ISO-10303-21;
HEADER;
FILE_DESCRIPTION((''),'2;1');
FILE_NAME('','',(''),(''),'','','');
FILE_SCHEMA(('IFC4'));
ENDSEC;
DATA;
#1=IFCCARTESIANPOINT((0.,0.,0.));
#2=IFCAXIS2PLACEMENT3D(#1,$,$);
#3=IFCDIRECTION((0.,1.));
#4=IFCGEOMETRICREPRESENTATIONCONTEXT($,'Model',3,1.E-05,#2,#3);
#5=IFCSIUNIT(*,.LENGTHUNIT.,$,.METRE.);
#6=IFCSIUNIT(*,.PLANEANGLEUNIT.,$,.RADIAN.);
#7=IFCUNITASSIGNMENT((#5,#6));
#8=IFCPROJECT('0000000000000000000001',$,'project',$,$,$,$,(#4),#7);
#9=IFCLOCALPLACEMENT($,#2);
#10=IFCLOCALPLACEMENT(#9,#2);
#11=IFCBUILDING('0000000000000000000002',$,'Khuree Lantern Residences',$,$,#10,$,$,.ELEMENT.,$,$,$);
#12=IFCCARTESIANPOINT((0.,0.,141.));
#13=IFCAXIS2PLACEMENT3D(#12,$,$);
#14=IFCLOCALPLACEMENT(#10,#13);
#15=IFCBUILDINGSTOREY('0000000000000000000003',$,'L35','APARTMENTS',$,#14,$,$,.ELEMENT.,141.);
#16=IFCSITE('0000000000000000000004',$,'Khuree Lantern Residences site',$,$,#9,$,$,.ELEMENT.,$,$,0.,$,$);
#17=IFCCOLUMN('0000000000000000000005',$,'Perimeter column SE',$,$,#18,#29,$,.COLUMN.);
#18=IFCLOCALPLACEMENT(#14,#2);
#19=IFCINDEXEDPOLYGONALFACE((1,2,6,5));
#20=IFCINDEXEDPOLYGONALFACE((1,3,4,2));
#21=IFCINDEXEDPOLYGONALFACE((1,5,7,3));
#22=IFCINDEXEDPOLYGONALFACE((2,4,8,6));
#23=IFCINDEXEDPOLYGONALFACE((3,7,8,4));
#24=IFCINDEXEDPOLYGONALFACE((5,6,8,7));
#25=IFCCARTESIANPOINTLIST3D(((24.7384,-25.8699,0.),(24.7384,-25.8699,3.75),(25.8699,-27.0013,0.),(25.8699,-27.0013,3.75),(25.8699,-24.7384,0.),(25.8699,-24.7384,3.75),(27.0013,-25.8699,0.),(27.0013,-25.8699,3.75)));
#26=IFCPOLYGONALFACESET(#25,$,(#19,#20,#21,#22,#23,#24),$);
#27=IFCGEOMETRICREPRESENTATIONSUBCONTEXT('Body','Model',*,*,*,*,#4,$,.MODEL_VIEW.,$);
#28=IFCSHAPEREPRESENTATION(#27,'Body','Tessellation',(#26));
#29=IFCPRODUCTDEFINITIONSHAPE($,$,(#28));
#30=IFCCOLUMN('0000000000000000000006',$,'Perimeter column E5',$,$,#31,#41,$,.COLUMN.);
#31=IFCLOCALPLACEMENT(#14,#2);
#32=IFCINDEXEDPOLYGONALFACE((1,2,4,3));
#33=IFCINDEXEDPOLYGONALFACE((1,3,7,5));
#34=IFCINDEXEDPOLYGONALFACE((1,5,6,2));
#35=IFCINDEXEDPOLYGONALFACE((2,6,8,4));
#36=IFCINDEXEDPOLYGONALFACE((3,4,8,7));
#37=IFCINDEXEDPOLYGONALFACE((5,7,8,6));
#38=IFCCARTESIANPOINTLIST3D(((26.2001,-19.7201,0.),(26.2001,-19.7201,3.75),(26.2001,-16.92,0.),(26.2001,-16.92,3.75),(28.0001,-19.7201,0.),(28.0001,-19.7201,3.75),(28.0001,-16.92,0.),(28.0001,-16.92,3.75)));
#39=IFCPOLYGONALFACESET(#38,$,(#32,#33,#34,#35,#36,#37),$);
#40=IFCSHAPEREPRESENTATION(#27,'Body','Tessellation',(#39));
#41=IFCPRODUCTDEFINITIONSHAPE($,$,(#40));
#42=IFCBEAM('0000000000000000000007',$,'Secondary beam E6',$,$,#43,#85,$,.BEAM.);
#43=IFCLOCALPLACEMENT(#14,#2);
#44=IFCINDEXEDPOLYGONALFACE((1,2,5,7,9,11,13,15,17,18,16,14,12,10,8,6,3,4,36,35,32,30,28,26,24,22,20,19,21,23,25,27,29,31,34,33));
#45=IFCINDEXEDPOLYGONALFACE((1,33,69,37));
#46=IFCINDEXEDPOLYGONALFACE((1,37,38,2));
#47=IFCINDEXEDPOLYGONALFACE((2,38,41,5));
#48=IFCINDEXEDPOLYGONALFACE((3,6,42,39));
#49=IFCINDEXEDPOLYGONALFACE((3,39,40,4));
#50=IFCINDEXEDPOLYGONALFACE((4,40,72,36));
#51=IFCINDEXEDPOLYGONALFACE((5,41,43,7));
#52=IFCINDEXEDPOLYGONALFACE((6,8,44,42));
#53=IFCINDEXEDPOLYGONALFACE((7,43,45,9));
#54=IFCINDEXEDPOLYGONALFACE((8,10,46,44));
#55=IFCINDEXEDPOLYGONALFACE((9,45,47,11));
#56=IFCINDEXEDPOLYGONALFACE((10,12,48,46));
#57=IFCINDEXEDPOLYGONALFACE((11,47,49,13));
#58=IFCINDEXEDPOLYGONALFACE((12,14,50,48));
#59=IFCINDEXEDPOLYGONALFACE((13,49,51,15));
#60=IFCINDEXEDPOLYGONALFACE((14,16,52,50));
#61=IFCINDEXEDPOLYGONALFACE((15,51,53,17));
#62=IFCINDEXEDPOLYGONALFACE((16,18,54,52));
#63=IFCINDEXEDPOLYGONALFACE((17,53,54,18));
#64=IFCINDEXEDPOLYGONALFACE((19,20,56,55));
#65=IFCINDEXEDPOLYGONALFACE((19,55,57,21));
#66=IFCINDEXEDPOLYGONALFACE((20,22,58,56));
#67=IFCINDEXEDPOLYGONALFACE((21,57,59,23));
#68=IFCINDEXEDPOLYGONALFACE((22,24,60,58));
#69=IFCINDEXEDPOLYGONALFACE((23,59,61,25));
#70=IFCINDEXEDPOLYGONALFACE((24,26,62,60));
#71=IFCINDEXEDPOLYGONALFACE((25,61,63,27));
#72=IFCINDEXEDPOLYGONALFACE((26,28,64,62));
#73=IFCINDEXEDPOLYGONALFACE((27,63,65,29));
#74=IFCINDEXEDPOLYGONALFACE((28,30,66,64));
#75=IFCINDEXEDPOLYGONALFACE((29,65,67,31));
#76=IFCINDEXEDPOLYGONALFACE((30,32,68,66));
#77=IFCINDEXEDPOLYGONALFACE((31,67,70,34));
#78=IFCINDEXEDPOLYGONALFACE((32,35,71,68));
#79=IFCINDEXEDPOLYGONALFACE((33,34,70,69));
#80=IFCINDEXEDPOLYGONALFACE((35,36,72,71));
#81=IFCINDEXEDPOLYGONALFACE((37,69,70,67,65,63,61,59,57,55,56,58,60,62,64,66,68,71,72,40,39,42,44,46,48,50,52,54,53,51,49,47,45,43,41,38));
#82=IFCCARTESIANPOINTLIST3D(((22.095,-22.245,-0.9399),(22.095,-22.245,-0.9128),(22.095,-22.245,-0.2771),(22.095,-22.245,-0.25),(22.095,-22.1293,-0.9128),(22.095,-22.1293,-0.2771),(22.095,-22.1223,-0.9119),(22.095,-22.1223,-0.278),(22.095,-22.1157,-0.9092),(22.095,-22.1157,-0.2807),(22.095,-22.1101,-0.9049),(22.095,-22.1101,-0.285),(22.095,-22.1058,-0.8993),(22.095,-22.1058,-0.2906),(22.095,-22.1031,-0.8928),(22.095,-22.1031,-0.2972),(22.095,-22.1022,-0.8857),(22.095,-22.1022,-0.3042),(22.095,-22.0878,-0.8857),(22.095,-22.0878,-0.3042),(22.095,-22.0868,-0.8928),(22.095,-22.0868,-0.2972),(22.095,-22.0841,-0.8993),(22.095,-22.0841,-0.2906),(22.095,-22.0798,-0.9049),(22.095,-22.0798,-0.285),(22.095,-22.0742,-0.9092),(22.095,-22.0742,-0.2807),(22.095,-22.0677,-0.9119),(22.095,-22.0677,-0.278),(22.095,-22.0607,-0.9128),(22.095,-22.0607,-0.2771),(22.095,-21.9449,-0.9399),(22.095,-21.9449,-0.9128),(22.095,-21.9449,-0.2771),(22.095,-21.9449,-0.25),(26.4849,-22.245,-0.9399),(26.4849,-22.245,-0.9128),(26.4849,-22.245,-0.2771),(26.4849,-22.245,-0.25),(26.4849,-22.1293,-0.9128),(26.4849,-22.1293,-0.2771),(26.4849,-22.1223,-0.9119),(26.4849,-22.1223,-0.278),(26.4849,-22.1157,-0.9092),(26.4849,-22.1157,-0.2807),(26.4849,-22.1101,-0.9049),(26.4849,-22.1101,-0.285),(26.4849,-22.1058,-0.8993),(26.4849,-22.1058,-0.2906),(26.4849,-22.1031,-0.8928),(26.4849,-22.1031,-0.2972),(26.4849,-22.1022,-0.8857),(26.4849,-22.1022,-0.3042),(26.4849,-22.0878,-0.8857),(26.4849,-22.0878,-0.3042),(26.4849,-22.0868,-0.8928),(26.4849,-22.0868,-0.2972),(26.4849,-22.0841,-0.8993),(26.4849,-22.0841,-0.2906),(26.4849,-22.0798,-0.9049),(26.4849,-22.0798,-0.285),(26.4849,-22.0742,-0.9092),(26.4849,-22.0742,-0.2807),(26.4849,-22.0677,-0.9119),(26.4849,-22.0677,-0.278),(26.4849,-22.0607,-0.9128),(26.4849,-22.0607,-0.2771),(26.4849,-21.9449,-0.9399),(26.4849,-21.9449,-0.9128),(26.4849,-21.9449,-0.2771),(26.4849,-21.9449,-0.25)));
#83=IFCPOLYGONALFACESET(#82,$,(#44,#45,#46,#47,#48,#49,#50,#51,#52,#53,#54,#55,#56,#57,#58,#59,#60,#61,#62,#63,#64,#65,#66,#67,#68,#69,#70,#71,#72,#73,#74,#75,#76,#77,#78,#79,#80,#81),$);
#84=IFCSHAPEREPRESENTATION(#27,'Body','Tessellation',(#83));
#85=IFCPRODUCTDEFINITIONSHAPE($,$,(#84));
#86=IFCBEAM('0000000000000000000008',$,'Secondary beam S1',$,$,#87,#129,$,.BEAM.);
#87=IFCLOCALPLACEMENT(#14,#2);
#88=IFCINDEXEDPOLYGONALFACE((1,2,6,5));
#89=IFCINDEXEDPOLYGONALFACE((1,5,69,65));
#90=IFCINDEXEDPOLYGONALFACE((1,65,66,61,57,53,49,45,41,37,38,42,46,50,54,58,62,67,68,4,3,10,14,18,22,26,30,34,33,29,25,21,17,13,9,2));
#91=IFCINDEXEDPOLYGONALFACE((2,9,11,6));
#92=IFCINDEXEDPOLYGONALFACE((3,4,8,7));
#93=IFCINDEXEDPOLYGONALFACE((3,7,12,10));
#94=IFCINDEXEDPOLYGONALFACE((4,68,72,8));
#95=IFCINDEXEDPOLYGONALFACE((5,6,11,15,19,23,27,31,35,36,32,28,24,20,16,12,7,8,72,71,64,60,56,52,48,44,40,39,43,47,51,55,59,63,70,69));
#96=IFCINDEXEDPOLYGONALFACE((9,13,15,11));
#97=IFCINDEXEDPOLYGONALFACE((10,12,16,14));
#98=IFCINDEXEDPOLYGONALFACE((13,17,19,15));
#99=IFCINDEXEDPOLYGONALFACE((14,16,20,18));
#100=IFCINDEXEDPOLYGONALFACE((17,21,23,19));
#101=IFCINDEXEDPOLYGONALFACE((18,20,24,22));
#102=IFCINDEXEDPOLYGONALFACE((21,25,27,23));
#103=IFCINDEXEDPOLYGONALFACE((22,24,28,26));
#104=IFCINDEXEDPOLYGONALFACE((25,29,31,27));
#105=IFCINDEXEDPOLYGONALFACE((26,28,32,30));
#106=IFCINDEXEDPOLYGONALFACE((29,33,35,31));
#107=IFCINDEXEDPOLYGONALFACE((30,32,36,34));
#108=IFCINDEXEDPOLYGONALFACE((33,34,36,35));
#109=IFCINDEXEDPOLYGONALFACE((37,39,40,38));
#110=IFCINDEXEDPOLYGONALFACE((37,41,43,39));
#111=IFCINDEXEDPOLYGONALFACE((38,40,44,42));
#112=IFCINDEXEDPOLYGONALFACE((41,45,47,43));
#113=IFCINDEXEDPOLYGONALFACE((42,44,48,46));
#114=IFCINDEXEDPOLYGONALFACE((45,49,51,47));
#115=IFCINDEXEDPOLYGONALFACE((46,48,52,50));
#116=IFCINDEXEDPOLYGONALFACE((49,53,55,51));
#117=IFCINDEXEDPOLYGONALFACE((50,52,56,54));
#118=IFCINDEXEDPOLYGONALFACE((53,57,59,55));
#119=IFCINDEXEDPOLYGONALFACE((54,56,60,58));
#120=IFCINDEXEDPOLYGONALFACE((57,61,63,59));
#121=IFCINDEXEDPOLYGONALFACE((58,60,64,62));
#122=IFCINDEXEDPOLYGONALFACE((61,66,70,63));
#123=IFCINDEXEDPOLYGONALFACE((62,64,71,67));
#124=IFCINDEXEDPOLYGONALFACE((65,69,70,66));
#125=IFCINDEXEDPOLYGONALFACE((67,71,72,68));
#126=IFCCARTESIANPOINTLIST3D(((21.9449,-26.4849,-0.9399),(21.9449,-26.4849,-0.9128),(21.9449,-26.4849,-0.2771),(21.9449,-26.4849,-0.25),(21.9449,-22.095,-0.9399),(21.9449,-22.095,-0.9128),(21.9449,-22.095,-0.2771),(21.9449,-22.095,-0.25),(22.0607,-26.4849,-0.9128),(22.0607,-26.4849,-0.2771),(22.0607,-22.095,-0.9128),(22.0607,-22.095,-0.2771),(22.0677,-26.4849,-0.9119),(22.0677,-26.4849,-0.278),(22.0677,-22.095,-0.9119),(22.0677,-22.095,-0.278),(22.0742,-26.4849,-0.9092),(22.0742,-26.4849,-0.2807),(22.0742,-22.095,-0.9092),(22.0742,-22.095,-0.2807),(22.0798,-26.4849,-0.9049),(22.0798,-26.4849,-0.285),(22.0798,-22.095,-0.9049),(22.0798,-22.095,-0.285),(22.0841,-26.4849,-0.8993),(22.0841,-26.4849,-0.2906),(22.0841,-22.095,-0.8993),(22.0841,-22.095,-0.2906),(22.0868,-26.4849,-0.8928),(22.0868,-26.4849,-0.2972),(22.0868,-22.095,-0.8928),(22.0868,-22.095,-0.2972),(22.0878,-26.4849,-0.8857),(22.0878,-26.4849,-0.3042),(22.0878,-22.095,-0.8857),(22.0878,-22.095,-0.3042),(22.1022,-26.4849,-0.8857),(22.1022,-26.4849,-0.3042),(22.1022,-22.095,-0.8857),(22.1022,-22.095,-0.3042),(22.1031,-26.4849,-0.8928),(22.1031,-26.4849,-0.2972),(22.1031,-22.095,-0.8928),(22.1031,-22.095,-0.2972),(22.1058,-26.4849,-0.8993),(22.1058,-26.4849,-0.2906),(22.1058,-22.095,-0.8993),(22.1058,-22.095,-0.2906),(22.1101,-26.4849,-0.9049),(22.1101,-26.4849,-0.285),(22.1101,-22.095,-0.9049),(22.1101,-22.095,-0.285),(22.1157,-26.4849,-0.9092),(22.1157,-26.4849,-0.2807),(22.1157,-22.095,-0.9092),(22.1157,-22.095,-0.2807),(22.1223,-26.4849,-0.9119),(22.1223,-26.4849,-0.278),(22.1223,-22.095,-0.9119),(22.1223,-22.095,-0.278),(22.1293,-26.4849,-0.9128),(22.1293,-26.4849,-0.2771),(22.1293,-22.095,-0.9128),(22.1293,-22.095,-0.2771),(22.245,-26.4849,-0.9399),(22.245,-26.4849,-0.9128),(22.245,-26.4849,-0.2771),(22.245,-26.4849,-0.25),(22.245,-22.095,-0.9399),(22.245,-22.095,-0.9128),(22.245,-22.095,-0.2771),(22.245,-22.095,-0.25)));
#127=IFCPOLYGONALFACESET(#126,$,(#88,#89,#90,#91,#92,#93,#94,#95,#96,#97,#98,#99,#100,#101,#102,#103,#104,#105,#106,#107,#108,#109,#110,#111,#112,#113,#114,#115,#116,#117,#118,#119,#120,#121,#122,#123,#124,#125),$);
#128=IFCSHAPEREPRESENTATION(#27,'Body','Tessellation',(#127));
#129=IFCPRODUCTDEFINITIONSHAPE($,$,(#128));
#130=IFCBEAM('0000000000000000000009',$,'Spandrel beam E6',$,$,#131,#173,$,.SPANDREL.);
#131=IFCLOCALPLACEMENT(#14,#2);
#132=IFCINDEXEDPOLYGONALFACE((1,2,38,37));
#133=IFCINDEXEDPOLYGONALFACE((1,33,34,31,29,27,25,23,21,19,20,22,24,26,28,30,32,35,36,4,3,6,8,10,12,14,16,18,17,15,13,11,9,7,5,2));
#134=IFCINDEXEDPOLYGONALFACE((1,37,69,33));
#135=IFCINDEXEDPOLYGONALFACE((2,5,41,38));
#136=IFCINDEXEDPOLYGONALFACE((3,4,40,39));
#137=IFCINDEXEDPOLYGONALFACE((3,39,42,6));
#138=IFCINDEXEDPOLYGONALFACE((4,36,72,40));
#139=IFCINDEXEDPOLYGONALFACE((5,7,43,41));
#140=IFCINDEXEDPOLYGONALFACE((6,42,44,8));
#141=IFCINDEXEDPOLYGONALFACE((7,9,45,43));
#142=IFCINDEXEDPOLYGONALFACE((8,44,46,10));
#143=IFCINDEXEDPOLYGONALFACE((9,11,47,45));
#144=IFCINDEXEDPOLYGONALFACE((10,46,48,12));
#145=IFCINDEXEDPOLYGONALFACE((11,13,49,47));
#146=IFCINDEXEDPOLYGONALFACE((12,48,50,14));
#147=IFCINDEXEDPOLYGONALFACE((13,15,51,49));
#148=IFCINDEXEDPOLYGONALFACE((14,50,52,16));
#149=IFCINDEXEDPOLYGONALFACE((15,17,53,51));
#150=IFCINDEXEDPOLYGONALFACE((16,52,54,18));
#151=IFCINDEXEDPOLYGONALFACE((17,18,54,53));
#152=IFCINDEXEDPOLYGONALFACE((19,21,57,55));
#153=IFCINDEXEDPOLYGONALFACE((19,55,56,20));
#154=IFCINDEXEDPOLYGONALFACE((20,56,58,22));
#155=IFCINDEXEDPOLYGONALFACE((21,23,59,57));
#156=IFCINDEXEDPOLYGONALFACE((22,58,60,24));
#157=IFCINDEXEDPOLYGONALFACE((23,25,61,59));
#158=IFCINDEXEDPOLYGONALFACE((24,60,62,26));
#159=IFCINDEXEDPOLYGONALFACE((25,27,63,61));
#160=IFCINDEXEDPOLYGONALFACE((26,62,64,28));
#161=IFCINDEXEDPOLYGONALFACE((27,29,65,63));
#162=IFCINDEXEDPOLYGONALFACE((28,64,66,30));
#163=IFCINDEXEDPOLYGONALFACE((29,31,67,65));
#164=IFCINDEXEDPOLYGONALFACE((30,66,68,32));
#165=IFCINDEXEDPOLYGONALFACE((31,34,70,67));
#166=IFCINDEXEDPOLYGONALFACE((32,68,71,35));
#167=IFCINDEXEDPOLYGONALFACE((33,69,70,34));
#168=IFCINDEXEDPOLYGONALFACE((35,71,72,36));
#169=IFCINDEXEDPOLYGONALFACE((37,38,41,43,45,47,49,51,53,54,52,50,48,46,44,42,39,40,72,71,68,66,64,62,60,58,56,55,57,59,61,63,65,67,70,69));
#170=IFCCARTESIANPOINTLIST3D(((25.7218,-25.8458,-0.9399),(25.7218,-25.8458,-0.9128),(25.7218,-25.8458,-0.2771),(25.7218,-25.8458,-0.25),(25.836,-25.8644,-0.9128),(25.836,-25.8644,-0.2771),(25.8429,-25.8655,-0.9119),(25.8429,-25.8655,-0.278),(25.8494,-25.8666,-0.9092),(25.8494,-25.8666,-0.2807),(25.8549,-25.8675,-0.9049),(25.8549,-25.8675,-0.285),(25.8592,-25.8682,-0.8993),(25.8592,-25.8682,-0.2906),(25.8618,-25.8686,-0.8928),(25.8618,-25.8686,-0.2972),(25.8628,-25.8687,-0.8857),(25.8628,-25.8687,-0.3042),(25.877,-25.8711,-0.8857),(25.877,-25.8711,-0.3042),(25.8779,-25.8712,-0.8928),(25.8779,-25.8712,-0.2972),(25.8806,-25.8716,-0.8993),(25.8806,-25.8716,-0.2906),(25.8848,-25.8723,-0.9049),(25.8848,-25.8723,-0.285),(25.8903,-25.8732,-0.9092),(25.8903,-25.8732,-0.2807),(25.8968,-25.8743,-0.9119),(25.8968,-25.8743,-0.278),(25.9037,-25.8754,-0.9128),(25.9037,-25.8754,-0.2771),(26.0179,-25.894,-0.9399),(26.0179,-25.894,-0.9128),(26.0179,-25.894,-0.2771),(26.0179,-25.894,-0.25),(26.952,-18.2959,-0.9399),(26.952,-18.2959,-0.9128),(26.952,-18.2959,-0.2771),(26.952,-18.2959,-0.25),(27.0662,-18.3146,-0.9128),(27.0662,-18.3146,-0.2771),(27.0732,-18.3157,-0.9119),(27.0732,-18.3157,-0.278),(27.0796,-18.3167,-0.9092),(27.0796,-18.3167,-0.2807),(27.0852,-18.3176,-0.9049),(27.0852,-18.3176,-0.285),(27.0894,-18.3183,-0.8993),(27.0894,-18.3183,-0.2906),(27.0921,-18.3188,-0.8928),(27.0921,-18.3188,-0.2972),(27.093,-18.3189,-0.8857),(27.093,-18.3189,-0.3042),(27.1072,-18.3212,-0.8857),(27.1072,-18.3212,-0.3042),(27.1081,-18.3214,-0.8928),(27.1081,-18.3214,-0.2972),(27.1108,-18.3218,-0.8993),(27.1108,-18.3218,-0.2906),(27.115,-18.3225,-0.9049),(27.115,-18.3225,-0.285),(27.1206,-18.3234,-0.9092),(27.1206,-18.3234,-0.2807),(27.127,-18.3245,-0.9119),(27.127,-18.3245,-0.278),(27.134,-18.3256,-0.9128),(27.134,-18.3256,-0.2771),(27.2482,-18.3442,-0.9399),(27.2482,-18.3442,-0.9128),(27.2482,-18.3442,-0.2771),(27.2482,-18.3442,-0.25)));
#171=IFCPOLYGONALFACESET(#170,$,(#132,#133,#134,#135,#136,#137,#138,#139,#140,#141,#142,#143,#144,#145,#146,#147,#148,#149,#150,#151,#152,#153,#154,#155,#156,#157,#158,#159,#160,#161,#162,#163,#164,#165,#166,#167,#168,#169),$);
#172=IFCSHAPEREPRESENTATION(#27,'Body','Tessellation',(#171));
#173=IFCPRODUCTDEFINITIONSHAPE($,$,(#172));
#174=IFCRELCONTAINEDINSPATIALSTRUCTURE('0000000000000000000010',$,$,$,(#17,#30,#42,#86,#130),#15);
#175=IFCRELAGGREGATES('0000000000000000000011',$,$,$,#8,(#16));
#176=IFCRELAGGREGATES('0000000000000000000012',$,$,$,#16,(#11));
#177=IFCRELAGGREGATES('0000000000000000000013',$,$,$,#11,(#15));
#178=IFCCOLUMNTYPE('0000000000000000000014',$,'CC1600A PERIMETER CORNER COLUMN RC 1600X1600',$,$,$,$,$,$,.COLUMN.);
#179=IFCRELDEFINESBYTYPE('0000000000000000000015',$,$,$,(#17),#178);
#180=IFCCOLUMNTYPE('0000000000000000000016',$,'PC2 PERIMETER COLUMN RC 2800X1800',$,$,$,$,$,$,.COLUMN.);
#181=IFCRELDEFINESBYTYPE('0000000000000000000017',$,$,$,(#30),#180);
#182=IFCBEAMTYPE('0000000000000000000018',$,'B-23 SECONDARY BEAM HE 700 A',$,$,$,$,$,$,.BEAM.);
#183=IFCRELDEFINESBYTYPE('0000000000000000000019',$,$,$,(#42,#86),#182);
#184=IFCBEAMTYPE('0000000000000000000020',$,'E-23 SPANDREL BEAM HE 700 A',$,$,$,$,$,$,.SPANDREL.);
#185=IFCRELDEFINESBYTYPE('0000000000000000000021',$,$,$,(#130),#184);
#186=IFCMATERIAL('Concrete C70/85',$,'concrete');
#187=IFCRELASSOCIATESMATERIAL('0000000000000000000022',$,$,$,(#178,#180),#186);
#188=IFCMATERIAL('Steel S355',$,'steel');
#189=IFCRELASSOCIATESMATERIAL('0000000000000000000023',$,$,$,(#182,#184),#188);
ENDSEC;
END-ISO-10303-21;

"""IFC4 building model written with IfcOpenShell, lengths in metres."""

from ifc_helpers import new_model, si_unit, direction, frame, origin, origin_2d, place, context, subcontext, project, spatial, rectangle, i_section, extrude, material, material_profile, profile_set, type_object, element, save


model = new_model("IFC4")

# Units and contexts
model_context = context("Model", 3, precision=1e-05, world=origin(), true_north=direction((0.0, 1.0)))
body_context = subcontext(model_context, "Body", "Model", "MODEL_VIEW")
ifc_project = project(units=[si_unit("LENGTHUNIT", "METRE"), si_unit("PLANEANGLEUNIT", "RADIAN")], contexts=[model_context])

# Site, building, storey
site_placement = place(None, origin())
site = spatial("IfcSite", under=ifc_project, at=site_placement, Name="Khuree Lantern Residences site", CompositionType="ELEMENT", RefElevation=0.0)
building_placement = place(site_placement, origin())
building = spatial("IfcBuilding", under=site, at=building_placement, Name="Khuree Lantern Residences", CompositionType="ELEMENT")
storey_placement = place(building_placement, frame((0.0, 0.0, 141.0)))
storey = spatial("IfcBuildingStorey", under=building, at=storey_placement, Name="L35", Description="APARTMENTS", CompositionType="ELEMENT", Elevation=141.0)

# Columns
ifc_material_1 = material(Name="Concrete C70/85", Category="concrete")
ifc_material_profile_1 = material_profile(ifc_material_1, rectangle(XDim=1.6001, YDim=1.6001, at=origin_2d()), Name="RC 1600X1600")
ifc_profile_set_1 = profile_set([ifc_material_profile_1], Name="Concrete C70/85")
column_type_1 = type_object("IfcColumnType", Name="CC1600A PERIMETER CORNER COLUMN RC 1600X1600", PredefinedType="COLUMN", material=ifc_profile_set_1)
column_1_placement = place(storey_placement, frame((25.8699, -25.8699, 0.0), z_axis=(0.0, 0.0, 1.0), x_axis=(0.707107, 0.707107, 0.0)))
element("IfcColumn", 1, at=column_1_placement, inside=storey, type_object=column_type_1, Name="Perimeter column SE", PredefinedType="COLUMN", context=body_context, shape_type="SweptSolid", body=[
    extrude(rectangle(XDim=1.6001, YDim=1.6001, at=origin_2d()), origin(), (0.0, 0.0, 1.0), 3.75),
])
ifc_material_profile_2 = material_profile(ifc_material_1, rectangle(XDim=2.8, YDim=1.8, at=origin_2d()), Name="RC 2800X1800")
ifc_profile_set_2 = profile_set([ifc_material_profile_2], Name="Concrete C70/85")
column_type_2 = type_object("IfcColumnType", Name="PC2 PERIMETER COLUMN RC 2800X1800", PredefinedType="COLUMN", material=ifc_profile_set_2)
column_2_placement = place(storey_placement, frame((27.1001, -18.3201, 0.0), z_axis=(0.0, 0.0, 1.0), x_axis=(0.0, 1.0, 0.0)))
element("IfcColumn", 2, at=column_2_placement, inside=storey, type_object=column_type_2, Name="Perimeter column E5", PredefinedType="COLUMN", context=body_context, shape_type="SweptSolid", body=[
    extrude(rectangle(XDim=2.8, YDim=1.8, at=origin_2d()), origin(), (0.0, 0.0, 1.0), 3.75),
])

# Beams
ifc_material_2 = material(Name="Steel S355", Category="steel")
ifc_material_profile_3 = material_profile(ifc_material_2, i_section(OverallWidth=0.3, OverallDepth=0.6899, WebThickness=0.0144, FlangeThickness=0.0271, FilletRadius=0.0271, at=origin_2d()), Name="HE 700 A")
ifc_profile_set_3 = profile_set([ifc_material_profile_3], Name="Steel S355")
beam_type_1 = type_object("IfcBeamType", Name="B-23 SECONDARY BEAM HE 700 A", PredefinedType="BEAM", material=ifc_profile_set_3)
for number, where, z_axis, x_axis, name in (
    (3, (26.4849, -22.095, -0.595), (-1.0, 0.0, 0.0), (0.0, -1.0, 0.0), "Secondary beam E6"),
    (4, (22.095, -26.4849, -0.595), (0.0, 1.0, 0.0), (-1.0, 0.0, 0.0), "Secondary beam S1"),
):
    element("IfcBeam", number, at=place(storey_placement, frame(where, z_axis=z_axis, x_axis=x_axis)), inside=storey, type_object=beam_type_1, Name=name, PredefinedType="BEAM", context=body_context, shape_type="SweptSolid", body=[
        extrude(i_section(OverallWidth=0.3, OverallDepth=0.6899, WebThickness=0.0144, FlangeThickness=0.0271, FilletRadius=0.0271, at=origin_2d()), origin(), (0.0, 0.0, 1.0), 4.3899),
    ])
ifc_material_profile_4 = material_profile(ifc_material_2, i_section(OverallWidth=0.3, OverallDepth=0.6899, WebThickness=0.0144, FlangeThickness=0.0271, FilletRadius=0.0271, at=origin_2d()), Name="HE 700 A")
ifc_profile_set_4 = profile_set([ifc_material_profile_4], Name="Steel S355")
beam_type_2 = type_object("IfcBeamType", Name="E-23 SPANDREL BEAM HE 700 A", PredefinedType="SPANDREL", material=ifc_profile_set_4)
for number, where, z_axis, x_axis, name in (
    (5, (27.1001, -18.3201, -0.595), (-0.160827, -0.986983, 0.0), (0.986983, -0.160827, 0.0), "Spandrel beam E6"),
):
    element("IfcBeam", number, at=place(storey_placement, frame(where, z_axis=z_axis, x_axis=x_axis)), inside=storey, type_object=beam_type_2, Name=name, PredefinedType="SPANDREL", context=body_context, shape_type="SweptSolid", body=[
        extrude(i_section(OverallWidth=0.3, OverallDepth=0.6899, WebThickness=0.0144, FlangeThickness=0.0271, FilletRadius=0.0271, at=origin_2d()), origin(), (0.0, 0.0, 1.0), 7.6494),
    ])

save(model, "model.ifc")
